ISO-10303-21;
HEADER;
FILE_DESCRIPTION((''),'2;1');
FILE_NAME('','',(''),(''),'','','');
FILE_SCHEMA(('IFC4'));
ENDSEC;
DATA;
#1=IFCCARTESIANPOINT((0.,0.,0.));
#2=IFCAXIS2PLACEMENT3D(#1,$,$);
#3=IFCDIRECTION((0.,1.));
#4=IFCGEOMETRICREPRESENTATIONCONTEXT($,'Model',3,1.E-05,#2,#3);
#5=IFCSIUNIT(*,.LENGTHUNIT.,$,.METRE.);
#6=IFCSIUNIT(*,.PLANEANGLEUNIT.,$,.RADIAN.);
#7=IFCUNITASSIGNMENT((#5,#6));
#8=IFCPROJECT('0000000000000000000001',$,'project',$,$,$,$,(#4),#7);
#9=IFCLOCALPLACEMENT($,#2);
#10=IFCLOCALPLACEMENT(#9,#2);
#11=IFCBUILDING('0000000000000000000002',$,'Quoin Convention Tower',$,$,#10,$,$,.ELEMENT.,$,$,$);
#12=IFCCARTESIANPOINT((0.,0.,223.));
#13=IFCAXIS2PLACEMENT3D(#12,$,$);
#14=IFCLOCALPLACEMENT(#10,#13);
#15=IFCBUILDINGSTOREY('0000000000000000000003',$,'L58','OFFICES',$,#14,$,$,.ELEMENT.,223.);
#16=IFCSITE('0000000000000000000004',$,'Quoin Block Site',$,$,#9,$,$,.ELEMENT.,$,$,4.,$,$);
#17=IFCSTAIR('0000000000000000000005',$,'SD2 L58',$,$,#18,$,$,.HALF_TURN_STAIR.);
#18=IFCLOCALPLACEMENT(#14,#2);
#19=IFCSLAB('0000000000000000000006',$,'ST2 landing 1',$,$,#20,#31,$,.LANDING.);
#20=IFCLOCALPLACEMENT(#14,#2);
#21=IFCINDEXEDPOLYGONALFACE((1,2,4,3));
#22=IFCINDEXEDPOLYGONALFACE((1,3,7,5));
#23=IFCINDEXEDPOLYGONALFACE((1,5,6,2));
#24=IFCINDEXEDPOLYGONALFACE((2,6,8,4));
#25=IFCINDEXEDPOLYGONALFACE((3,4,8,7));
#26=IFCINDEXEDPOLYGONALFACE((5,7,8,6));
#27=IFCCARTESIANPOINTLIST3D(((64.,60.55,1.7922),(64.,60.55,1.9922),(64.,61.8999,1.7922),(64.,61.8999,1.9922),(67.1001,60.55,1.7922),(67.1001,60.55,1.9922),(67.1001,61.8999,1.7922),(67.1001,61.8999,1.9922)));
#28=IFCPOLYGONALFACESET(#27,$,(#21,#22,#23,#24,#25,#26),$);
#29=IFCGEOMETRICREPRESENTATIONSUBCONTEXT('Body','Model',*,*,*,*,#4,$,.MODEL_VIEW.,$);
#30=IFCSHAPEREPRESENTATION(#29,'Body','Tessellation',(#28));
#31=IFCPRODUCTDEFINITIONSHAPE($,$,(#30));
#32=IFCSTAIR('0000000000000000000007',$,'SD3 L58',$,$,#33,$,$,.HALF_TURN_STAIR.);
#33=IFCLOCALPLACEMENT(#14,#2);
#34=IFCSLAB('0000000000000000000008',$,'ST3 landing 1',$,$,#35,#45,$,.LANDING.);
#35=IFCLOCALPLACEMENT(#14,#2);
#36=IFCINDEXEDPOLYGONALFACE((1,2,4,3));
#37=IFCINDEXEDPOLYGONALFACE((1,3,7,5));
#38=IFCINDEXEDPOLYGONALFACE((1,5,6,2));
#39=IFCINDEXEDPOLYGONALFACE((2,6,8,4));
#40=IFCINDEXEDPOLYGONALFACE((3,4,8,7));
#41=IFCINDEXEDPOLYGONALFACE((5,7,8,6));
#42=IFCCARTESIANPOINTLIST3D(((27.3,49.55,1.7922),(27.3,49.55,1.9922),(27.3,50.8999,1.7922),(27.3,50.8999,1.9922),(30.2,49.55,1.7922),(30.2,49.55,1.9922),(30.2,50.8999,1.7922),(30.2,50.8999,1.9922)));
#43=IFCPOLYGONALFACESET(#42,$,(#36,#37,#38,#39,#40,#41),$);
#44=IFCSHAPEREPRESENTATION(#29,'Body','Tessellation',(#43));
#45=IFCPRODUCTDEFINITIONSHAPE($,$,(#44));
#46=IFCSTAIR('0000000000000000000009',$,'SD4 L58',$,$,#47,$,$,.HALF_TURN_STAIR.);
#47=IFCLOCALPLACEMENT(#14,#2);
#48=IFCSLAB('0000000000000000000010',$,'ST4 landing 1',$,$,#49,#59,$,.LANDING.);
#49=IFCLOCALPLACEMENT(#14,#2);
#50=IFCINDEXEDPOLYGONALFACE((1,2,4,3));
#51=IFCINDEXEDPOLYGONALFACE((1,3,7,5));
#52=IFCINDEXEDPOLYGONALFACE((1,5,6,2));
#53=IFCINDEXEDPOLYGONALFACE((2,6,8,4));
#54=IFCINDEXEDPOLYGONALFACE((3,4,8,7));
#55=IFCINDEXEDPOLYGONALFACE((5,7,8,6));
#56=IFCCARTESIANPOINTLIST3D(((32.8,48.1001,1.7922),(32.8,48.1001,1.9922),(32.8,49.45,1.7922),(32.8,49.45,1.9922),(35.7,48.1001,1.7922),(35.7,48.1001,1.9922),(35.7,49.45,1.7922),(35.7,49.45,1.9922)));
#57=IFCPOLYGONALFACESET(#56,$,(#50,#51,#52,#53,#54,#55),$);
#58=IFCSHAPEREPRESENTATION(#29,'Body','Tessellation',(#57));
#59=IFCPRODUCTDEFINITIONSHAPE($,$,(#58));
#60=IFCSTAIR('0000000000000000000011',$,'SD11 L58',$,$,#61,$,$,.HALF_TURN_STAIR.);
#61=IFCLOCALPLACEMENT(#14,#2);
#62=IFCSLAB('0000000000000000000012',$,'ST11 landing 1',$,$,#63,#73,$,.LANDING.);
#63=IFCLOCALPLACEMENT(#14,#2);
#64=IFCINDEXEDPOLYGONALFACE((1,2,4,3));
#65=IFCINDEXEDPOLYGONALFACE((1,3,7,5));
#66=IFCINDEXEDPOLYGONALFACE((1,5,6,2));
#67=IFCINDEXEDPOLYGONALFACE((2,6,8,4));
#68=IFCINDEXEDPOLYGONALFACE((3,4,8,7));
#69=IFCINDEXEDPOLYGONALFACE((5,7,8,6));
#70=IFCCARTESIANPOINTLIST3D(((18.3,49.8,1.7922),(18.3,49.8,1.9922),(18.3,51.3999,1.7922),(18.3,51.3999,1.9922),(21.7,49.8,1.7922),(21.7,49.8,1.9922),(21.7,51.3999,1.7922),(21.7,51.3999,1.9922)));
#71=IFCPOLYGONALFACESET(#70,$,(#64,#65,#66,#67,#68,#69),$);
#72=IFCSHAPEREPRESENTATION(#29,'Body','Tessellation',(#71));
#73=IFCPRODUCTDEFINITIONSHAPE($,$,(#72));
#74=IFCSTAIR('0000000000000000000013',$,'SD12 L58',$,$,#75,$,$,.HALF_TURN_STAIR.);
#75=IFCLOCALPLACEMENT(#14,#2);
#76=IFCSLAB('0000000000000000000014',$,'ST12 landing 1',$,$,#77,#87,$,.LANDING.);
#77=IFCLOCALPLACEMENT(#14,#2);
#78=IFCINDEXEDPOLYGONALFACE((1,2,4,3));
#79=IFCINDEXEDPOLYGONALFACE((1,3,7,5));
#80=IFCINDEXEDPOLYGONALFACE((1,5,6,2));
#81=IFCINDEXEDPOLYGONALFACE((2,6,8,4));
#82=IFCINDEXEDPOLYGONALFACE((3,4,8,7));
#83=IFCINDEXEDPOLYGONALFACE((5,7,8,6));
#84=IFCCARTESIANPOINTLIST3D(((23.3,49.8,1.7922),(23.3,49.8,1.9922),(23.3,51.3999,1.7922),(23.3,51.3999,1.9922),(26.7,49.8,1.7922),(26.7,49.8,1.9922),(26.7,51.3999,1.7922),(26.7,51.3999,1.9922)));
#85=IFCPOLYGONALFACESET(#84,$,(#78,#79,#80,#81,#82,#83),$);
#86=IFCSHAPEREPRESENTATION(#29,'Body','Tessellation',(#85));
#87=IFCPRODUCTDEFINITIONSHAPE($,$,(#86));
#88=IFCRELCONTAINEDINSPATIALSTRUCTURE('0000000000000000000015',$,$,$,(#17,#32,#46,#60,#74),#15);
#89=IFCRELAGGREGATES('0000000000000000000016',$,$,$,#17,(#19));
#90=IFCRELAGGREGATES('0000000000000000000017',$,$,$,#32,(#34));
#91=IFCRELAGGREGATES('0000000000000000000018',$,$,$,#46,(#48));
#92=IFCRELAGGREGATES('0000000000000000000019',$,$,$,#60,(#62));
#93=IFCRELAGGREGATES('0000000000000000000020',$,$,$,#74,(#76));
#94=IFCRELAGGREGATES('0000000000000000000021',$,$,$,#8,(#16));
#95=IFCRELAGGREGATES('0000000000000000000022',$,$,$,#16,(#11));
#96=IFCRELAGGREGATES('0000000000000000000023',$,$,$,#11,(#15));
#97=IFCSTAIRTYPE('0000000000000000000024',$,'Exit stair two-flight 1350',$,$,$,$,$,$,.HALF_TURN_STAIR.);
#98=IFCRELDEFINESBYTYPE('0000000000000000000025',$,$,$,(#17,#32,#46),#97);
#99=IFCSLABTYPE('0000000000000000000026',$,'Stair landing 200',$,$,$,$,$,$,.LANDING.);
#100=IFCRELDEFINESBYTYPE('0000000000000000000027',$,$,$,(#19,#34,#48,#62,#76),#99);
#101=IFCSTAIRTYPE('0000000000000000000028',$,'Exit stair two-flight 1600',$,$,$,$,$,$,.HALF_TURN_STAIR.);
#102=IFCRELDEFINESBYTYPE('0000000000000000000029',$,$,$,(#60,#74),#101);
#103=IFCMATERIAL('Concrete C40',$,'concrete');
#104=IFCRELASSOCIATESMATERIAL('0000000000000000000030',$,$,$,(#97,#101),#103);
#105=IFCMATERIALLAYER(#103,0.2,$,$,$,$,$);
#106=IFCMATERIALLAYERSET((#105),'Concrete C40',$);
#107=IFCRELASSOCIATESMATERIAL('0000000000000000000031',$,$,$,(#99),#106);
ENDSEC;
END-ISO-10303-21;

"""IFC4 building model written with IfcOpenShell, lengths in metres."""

from ifc_helpers import new_model, si_unit, direction, frame, origin, place, context, subcontext, project, spatial, polyline, outline, extrude, material, layer, layer_set, type_object, element, aggregate, save


model = new_model("IFC4")

# Units and contexts
model_context = context("Model", 3, precision=1e-05, world=origin(), true_north=direction((0.0, 1.0)))
body_context = subcontext(model_context, "Body", "Model", "MODEL_VIEW")
ifc_project = project(units=[si_unit("LENGTHUNIT", "METRE"), si_unit("PLANEANGLEUNIT", "RADIAN")], contexts=[model_context])

# Site, building, storey
site_placement = place(None, origin())
site = spatial("IfcSite", under=ifc_project, at=site_placement, Name="Quoin Block Site", CompositionType="ELEMENT", RefElevation=4.0)
building_placement = place(site_placement, origin())
building = spatial("IfcBuilding", under=site, at=building_placement, Name="Quoin Convention Tower", CompositionType="ELEMENT")
storey_placement = place(building_placement, frame((0.0, 0.0, 223.0)))
storey = spatial("IfcBuildingStorey", under=building, at=storey_placement, Name="L58", Description="OFFICES", CompositionType="ELEMENT", Elevation=223.0)

# Shared definitions
ifc_material_1 = material(Name="Concrete C40", Category="concrete")

# Stairs, slabs
stair_type_1 = type_object("IfcStairType", Name="Exit stair two-flight 1350", PredefinedType="HALF_TURN_STAIR", material=ifc_material_1)
ifc_layer_1 = layer(ifc_material_1, 0.2)
ifc_layer_set_1 = layer_set([ifc_layer_1], Name="Concrete C40")
slab_type_1 = type_object("IfcSlabType", Name="Stair landing 200", PredefinedType="LANDING", material=ifc_layer_set_1)
stair_1_placement = place(storey_placement, origin())
stair_1 = element("IfcStair", 1, at=stair_1_placement, inside=storey, type_object=stair_type_1, Name="SD2 L58", PredefinedType="HALF_TURN_STAIR")
slab_1_placement = place(storey_placement, frame((0.0, 0.0, 1.7922)))
slab_1 = element("IfcSlab", 2, at=slab_1_placement, type_object=slab_type_1, Name="ST2 landing 1", PredefinedType="LANDING", context=body_context, shape_type="SweptSolid", body=[
    extrude(outline(polyline([(64.0, 60.55), (67.1001, 60.55), (67.1001, 61.8999), (64.0, 61.8999), (64.0, 60.55)])), origin(), (0.0, 0.0, 1.0), 0.2),
])
aggregate(stair_1, [slab_1])
stair_2_placement = place(storey_placement, origin())
stair_2 = element("IfcStair", 3, at=stair_2_placement, inside=storey, type_object=stair_type_1, Name="SD3 L58", PredefinedType="HALF_TURN_STAIR")
slab_2_placement = place(storey_placement, frame((0.0, 0.0, 1.7922)))
slab_2 = element("IfcSlab", 4, at=slab_2_placement, type_object=slab_type_1, Name="ST3 landing 1", PredefinedType="LANDING", context=body_context, shape_type="SweptSolid", body=[
    extrude(outline(polyline([(27.3, 49.55), (30.2, 49.55), (30.2, 50.8999), (27.3, 50.8999), (27.3, 49.55)])), origin(), (0.0, 0.0, 1.0), 0.2),
])
aggregate(stair_2, [slab_2])
stair_3_placement = place(storey_placement, origin())
stair_3 = element("IfcStair", 5, at=stair_3_placement, inside=storey, type_object=stair_type_1, Name="SD4 L58", PredefinedType="HALF_TURN_STAIR")
slab_3_placement = place(storey_placement, frame((0.0, 0.0, 1.7922)))
slab_3 = element("IfcSlab", 6, at=slab_3_placement, type_object=slab_type_1, Name="ST4 landing 1", PredefinedType="LANDING", context=body_context, shape_type="SweptSolid", body=[
    extrude(outline(polyline([(35.7, 49.45), (32.8, 49.45), (32.8, 48.1001), (35.7, 48.1001), (35.7, 49.45)])), origin(), (0.0, 0.0, 1.0), 0.2),
])
aggregate(stair_3, [slab_3])
stair_type_2 = type_object("IfcStairType", Name="Exit stair two-flight 1600", PredefinedType="HALF_TURN_STAIR", material=ifc_material_1)
stair_4_placement = place(storey_placement, origin())
stair_4 = element("IfcStair", 7, at=stair_4_placement, inside=storey, type_object=stair_type_2, Name="SD11 L58", PredefinedType="HALF_TURN_STAIR")
slab_4_placement = place(storey_placement, frame((0.0, 0.0, 1.7922)))
slab_4 = element("IfcSlab", 8, at=slab_4_placement, type_object=slab_type_1, Name="ST11 landing 1", PredefinedType="LANDING", context=body_context, shape_type="SweptSolid", body=[
    extrude(outline(polyline([(21.7, 51.3999), (18.3, 51.3999), (18.3, 49.8), (21.7, 49.8), (21.7, 51.3999)])), origin(), (0.0, 0.0, 1.0), 0.2),
])
aggregate(stair_4, [slab_4])
stair_5_placement = place(storey_placement, origin())
stair_5 = element("IfcStair", 9, at=stair_5_placement, inside=storey, type_object=stair_type_2, Name="SD12 L58", PredefinedType="HALF_TURN_STAIR")
slab_5_placement = place(storey_placement, frame((0.0, 0.0, 1.7922)))
slab_5 = element("IfcSlab", 10, at=slab_5_placement, type_object=slab_type_1, Name="ST12 landing 1", PredefinedType="LANDING", context=body_context, shape_type="SweptSolid", body=[
    extrude(outline(polyline([(26.7, 51.3999), (23.3, 51.3999), (23.3, 49.8), (26.7, 49.8), (26.7, 51.3999)])), origin(), (0.0, 0.0, 1.0), 0.2),
])
aggregate(stair_5, [slab_5])

save(model, "model.ifc")
